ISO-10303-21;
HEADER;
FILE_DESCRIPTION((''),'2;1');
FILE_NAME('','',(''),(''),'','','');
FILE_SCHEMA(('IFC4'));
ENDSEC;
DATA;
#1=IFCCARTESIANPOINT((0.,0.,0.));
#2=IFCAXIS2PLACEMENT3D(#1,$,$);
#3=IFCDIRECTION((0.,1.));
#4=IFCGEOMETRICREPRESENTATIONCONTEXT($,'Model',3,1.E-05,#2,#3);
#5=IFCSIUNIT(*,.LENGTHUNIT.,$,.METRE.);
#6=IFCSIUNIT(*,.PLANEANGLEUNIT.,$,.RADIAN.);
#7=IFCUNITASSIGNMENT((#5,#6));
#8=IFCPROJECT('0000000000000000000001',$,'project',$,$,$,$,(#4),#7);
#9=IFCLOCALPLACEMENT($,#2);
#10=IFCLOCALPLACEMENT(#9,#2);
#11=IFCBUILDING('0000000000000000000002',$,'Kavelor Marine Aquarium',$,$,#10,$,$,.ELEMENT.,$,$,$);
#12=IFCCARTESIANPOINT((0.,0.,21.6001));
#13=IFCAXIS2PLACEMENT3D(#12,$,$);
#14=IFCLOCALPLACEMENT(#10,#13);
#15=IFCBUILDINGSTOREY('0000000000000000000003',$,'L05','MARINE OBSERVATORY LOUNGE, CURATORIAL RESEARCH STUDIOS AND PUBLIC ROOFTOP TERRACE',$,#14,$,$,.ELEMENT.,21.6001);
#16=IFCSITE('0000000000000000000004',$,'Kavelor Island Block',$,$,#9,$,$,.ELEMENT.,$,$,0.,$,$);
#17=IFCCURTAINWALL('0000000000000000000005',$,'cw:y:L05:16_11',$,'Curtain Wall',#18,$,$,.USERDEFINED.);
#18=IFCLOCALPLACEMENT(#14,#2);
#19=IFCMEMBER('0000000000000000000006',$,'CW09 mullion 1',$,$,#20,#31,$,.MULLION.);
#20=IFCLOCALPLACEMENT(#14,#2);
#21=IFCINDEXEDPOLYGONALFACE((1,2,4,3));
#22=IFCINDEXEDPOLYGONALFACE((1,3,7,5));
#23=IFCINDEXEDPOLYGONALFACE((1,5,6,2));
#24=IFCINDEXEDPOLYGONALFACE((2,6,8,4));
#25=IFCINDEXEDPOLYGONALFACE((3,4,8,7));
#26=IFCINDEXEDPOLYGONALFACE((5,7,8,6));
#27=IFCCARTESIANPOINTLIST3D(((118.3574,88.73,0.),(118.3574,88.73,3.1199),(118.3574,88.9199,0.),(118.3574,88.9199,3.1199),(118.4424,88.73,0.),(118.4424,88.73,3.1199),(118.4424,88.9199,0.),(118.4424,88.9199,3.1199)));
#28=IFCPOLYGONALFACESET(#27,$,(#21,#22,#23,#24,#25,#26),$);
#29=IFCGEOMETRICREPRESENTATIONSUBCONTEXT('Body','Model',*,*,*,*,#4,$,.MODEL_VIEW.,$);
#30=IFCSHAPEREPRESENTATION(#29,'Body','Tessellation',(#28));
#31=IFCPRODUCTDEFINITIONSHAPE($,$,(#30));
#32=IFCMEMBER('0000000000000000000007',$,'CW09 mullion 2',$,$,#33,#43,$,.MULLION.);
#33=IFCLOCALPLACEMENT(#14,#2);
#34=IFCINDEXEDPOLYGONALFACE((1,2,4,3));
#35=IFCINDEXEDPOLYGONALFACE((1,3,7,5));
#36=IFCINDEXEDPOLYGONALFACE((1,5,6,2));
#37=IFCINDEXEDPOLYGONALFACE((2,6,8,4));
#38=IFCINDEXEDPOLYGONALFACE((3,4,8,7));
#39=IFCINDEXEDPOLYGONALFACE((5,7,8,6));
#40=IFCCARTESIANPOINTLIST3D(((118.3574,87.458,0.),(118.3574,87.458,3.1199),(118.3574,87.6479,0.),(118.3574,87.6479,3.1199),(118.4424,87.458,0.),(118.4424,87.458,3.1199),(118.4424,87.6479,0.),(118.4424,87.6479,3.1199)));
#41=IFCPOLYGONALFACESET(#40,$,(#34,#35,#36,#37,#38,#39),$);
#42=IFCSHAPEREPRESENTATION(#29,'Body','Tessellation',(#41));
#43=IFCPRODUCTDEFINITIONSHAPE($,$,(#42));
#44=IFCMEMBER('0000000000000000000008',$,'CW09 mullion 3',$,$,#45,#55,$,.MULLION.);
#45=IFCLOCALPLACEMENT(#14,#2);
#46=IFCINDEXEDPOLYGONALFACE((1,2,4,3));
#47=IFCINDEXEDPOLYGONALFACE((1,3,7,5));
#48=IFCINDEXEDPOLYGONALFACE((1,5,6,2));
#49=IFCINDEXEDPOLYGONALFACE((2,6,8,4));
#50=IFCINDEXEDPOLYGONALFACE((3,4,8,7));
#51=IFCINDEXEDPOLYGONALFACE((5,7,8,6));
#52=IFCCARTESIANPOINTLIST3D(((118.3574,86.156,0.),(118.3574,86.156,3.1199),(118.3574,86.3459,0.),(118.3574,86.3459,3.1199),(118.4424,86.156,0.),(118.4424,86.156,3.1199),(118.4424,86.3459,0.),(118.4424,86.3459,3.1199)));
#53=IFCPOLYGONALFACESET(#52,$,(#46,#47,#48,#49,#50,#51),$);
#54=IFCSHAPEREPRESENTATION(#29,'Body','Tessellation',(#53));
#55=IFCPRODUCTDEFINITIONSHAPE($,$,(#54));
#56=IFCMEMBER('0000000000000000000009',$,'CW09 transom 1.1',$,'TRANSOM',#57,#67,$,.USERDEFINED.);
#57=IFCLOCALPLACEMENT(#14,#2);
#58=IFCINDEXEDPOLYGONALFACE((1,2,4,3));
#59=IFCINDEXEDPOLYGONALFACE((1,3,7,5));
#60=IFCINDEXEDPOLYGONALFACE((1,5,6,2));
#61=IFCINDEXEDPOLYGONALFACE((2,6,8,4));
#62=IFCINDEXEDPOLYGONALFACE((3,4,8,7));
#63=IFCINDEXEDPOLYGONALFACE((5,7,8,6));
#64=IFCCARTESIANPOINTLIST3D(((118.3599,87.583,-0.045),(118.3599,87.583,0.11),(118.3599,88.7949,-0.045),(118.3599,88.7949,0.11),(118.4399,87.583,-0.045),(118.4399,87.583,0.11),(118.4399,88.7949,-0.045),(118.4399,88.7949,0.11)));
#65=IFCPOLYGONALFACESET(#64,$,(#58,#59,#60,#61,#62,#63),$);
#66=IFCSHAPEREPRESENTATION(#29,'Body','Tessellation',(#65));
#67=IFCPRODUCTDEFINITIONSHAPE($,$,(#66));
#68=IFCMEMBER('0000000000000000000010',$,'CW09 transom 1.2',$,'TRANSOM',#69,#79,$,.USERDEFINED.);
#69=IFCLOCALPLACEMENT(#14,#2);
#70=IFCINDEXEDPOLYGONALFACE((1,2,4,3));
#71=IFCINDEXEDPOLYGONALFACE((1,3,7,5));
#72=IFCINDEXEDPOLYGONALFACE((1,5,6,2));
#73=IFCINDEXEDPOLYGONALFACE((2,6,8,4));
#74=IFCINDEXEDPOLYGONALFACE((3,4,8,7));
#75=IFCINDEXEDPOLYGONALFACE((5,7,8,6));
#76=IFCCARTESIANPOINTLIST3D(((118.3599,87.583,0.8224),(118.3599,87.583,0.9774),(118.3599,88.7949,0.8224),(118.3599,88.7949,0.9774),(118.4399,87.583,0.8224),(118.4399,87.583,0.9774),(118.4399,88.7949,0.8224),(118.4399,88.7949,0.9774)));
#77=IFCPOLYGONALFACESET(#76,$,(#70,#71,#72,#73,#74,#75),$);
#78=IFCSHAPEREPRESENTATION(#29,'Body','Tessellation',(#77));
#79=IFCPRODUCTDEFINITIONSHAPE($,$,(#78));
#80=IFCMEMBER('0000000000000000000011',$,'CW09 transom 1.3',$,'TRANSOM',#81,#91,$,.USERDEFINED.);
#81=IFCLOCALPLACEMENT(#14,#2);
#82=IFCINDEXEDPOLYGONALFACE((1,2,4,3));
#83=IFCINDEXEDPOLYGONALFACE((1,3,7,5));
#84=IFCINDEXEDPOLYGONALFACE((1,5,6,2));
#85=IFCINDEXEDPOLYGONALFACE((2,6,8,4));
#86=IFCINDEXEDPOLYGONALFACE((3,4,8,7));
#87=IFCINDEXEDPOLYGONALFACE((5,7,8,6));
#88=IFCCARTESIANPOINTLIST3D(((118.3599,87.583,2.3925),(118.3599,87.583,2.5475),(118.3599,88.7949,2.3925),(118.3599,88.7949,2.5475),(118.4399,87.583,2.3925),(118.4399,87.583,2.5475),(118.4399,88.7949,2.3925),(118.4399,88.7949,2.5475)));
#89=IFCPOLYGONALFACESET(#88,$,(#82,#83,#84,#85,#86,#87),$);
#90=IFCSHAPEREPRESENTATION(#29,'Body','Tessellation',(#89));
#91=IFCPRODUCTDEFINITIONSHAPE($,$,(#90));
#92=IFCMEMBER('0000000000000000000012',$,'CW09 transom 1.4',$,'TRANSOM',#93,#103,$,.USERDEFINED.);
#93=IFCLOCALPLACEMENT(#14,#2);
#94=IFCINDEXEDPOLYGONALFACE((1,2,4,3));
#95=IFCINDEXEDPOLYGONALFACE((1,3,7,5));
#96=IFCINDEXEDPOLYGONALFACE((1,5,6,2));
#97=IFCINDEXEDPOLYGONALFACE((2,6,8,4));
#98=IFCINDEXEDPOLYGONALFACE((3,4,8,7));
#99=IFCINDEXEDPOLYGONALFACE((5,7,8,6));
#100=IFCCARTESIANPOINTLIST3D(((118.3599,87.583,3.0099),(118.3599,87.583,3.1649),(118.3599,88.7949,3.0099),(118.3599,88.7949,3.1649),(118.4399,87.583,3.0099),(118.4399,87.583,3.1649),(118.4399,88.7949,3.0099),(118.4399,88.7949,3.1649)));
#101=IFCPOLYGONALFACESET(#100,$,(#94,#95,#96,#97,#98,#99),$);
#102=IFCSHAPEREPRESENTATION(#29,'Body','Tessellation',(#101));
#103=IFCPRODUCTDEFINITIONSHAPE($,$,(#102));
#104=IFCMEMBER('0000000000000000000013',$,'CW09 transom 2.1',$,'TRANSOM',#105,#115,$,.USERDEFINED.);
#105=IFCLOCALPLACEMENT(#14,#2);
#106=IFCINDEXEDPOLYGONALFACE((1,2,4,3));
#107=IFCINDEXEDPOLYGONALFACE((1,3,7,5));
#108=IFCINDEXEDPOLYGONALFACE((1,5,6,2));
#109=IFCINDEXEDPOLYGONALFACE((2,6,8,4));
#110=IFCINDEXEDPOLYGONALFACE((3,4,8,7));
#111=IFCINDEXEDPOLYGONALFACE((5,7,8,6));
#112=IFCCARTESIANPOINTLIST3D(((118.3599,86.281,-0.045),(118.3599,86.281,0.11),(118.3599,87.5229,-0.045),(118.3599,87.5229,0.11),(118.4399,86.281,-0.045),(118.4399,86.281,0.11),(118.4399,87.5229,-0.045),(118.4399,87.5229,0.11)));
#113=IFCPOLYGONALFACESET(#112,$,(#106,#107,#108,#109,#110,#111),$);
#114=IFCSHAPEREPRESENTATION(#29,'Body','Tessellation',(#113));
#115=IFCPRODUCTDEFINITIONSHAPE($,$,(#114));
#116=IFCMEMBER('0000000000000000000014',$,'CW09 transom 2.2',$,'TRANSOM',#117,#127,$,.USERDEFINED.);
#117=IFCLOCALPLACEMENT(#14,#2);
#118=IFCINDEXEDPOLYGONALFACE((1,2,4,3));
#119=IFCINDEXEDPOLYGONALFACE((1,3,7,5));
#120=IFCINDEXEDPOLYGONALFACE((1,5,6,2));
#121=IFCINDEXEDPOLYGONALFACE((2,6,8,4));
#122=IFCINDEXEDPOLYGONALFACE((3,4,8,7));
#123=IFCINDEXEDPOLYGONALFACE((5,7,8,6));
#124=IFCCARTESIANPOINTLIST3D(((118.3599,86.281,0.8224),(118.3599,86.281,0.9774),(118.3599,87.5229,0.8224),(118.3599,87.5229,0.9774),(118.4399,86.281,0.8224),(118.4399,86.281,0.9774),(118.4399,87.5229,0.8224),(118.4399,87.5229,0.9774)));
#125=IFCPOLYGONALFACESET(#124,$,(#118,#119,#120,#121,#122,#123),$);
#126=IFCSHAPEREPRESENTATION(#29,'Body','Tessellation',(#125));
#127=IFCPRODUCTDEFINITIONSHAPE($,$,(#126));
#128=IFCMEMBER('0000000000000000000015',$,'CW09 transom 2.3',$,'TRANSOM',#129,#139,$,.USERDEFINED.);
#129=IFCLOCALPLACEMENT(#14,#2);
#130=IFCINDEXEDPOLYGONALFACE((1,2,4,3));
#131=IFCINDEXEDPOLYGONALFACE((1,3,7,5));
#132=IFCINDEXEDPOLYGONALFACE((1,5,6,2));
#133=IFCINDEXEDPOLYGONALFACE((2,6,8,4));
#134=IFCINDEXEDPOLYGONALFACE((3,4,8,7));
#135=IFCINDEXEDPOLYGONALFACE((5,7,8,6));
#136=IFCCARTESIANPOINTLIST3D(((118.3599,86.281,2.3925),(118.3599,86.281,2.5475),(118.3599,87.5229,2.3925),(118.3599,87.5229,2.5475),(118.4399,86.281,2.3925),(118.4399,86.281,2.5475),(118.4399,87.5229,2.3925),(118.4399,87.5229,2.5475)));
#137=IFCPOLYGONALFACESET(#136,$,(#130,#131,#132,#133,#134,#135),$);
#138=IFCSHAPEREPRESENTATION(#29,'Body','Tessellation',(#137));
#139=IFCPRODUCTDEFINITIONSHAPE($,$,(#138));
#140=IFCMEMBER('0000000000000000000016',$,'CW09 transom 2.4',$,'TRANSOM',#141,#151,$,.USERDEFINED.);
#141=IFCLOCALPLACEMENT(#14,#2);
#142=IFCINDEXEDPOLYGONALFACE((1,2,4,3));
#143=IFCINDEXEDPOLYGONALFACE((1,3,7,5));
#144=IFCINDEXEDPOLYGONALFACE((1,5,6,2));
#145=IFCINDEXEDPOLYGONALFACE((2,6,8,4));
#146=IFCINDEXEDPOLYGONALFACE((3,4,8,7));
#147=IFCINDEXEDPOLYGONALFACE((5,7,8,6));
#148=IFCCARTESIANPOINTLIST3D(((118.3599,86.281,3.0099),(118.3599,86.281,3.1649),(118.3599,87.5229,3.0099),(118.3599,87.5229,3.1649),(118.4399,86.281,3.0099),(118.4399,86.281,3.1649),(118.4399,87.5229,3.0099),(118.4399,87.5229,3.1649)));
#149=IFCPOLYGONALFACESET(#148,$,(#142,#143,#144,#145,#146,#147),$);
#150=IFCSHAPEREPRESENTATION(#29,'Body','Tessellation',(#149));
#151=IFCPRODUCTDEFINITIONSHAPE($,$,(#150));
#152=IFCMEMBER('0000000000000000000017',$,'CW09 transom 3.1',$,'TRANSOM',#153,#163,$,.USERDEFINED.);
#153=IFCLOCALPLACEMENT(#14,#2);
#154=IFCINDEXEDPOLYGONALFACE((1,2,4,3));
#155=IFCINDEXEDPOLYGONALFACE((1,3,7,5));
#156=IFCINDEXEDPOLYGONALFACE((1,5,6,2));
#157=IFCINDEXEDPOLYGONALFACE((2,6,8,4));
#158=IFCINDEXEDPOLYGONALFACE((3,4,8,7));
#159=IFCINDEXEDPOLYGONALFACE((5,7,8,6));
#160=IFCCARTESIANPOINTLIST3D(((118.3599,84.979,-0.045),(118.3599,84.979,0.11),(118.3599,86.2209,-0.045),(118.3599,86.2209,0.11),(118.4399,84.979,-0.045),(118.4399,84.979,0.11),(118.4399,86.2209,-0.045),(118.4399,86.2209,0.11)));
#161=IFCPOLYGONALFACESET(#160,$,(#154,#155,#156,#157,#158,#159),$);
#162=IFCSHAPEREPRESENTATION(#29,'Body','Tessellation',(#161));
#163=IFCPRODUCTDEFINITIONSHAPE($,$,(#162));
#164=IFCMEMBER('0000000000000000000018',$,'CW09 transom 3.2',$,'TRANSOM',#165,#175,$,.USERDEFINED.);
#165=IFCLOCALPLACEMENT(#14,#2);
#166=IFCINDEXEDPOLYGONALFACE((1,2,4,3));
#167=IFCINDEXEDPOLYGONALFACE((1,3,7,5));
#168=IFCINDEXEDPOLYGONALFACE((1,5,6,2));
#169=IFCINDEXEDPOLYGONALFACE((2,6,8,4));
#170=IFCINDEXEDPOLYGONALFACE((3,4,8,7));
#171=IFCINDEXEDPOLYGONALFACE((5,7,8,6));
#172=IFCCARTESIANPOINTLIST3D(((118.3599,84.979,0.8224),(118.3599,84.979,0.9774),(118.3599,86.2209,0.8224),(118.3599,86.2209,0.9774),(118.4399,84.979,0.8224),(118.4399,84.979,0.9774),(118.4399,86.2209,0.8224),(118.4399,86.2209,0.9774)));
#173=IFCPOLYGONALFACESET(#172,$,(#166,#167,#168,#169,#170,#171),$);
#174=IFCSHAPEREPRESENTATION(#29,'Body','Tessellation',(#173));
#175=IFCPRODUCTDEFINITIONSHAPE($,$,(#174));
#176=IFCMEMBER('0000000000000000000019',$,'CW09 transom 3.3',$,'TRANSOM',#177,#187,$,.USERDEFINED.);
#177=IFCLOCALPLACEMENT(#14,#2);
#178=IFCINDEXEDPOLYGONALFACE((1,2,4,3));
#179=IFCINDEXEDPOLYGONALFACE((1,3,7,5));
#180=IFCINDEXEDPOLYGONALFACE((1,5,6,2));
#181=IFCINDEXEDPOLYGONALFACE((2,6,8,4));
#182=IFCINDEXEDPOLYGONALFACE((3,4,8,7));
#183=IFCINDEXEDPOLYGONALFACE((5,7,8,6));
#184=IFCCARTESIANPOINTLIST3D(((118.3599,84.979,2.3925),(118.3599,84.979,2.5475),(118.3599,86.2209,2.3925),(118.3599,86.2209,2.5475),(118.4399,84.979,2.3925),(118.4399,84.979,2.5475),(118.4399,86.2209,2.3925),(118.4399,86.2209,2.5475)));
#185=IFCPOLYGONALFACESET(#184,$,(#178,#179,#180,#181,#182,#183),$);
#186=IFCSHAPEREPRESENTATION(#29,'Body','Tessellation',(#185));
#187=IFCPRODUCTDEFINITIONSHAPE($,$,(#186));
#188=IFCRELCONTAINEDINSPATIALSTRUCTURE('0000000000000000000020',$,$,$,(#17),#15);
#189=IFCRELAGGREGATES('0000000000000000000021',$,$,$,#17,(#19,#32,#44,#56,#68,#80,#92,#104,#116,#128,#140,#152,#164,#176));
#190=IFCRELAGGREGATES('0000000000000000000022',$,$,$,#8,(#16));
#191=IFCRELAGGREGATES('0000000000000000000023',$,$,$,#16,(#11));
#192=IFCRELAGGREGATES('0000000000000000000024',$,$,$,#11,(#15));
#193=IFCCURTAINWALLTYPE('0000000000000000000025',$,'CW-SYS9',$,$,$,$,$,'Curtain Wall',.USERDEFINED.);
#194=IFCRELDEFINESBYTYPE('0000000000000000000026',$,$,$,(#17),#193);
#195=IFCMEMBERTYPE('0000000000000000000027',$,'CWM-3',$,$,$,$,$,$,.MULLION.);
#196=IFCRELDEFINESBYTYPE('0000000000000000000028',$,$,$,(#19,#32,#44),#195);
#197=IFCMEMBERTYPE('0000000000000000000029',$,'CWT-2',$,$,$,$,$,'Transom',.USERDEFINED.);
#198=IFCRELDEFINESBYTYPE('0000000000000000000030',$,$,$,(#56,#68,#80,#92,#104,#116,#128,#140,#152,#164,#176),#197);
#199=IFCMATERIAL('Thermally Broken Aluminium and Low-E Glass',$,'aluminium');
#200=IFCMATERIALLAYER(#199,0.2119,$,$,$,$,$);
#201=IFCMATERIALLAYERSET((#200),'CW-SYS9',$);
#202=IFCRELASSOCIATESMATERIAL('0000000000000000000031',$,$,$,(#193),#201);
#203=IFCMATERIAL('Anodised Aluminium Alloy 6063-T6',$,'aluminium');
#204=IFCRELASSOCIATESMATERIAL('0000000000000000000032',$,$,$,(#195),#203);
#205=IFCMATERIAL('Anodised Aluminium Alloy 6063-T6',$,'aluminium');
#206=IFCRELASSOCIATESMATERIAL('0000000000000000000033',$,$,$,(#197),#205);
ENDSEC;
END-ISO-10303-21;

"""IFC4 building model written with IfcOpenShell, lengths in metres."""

from ifc_helpers import new_model, si_unit, direction, frame, origin, origin_2d, place, context, subcontext, project, spatial, rectangle, extrude, material, layer, layer_set, material_profile, profile_set, type_object, element, aggregate, save


model = new_model("IFC4")

# Units and contexts
model_context = context("Model", 3, precision=1e-05, world=origin(), true_north=direction((0.0, 1.0)))
body_context = subcontext(model_context, "Body", "Model", "MODEL_VIEW")
ifc_project = project(units=[si_unit("LENGTHUNIT", "METRE"), si_unit("PLANEANGLEUNIT", "RADIAN")], contexts=[model_context])

# Site, building, storey
site_placement = place(None, origin())
site = spatial("IfcSite", under=ifc_project, at=site_placement, Name="Kavelor Island Block", CompositionType="ELEMENT", RefElevation=0.0)
building_placement = place(site_placement, origin())
building = spatial("IfcBuilding", under=site, at=building_placement, Name="Kavelor Marine Aquarium", CompositionType="ELEMENT")
storey_placement = place(building_placement, frame((0.0, 0.0, 21.6001)))
storey = spatial("IfcBuildingStorey", under=building, at=storey_placement, Name="L05", Description="MARINE OBSERVATORY LOUNGE, CURATORIAL RESEARCH STUDIOS AND PUBLIC ROOFTOP TERRACE", CompositionType="ELEMENT", Elevation=21.6001)

# Curtain wall, members
ifc_material_1 = material(Name="Thermally Broken Aluminium and Low-E Glass", Category="aluminium")
ifc_layer_1 = layer(ifc_material_1, 0.2119)
ifc_layer_set_1 = layer_set([ifc_layer_1], Name="CW-SYS9")
curtain_wall_type = type_object("IfcCurtainWallType", Name="CW-SYS9", ElementType="Curtain Wall", PredefinedType="USERDEFINED", material=ifc_layer_set_1)
curtain_wall_placement = place(storey_placement, origin())
curtain_wall = element("IfcCurtainWall", 1, at=curtain_wall_placement, inside=storey, type_object=curtain_wall_type, Name="cw:y:L05:16_11", ObjectType="Curtain Wall", PredefinedType="USERDEFINED")
ifc_material_2 = material(Name="Anodised Aluminium Alloy 6063-T6", Category="aluminium")
ifc_material_profile_1 = material_profile(ifc_material_2, rectangle(XDim=0.085, YDim=0.1899, at=origin_2d()), Name="CW-MUL 85x190")
ifc_profile_set_1 = profile_set([ifc_material_profile_1], Name="Anodised Aluminium Alloy 6063-T6")
member_type_1 = type_object("IfcMemberType", Name="CWM-3", PredefinedType="MULLION", material=ifc_profile_set_1)
member_1_placement = place(storey_placement, frame((118.3999, 88.825, 0.0), z_axis=(0.0, 0.0, 1.0), x_axis=(1.0, 0.0, 0.0)))
member_1 = element("IfcMember", 2, at=member_1_placement, type_object=member_type_1, Name="CW09 mullion 1", PredefinedType="MULLION", context=body_context, shape_type="SweptSolid", body=[
    extrude(rectangle(XDim=0.085, YDim=0.1899, at=origin_2d()), origin(), (0.0, 0.0, 1.0), 3.1199),
])
member_2_placement = place(storey_placement, frame((118.3999, 87.553, 0.0), z_axis=(0.0, 0.0, 1.0), x_axis=(1.0, 0.0, 0.0)))
member_2 = element("IfcMember", 3, at=member_2_placement, type_object=member_type_1, Name="CW09 mullion 2", PredefinedType="MULLION", context=body_context, shape_type="SweptSolid", body=[
    extrude(rectangle(XDim=0.085, YDim=0.1899, at=origin_2d()), origin(), (0.0, 0.0, 1.0), 3.1199),
])
member_3_placement = place(storey_placement, frame((118.3999, 86.251, 0.0), z_axis=(0.0, 0.0, 1.0), x_axis=(1.0, 0.0, 0.0)))
member_3 = element("IfcMember", 4, at=member_3_placement, type_object=member_type_1, Name="CW09 mullion 3", PredefinedType="MULLION", context=body_context, shape_type="SweptSolid", body=[
    extrude(rectangle(XDim=0.085, YDim=0.1899, at=origin_2d()), origin(), (0.0, 0.0, 1.0), 3.1199),
])
ifc_material_3 = material(Name="Anodised Aluminium Alloy 6063-T6", Category="aluminium")
ifc_material_profile_2 = material_profile(ifc_material_3, rectangle(XDim=0.0801, YDim=0.155, at=origin_2d()), Name="CW-TRN 80x155")
ifc_profile_set_2 = profile_set([ifc_material_profile_2], Name="Anodised Aluminium Alloy 6063-T6")
member_type_2 = type_object("IfcMemberType", Name="CWT-2", ElementType="Transom", PredefinedType="USERDEFINED", material=ifc_profile_set_2)
member_4_placement = place(storey_placement, frame((118.3999, 88.7949, 0.0325), z_axis=(0.0, -1.0, 0.0), x_axis=(1.0, 0.0, 0.0)))
member_4 = element("IfcMember", 5, at=member_4_placement, type_object=member_type_2, Name="CW09 transom 1.1", ObjectType="TRANSOM", PredefinedType="USERDEFINED", context=body_context, shape_type="SweptSolid", body=[
    extrude(rectangle(XDim=0.0801, YDim=0.155, at=origin_2d()), origin(), (0.0, 0.0, 1.0), 1.2119),
])
member_5_placement = place(storey_placement, frame((118.3999, 88.7949, 0.8999), z_axis=(0.0, -1.0, 0.0), x_axis=(1.0, 0.0, 0.0)))
member_5 = element("IfcMember", 6, at=member_5_placement, type_object=member_type_2, Name="CW09 transom 1.2", ObjectType="TRANSOM", PredefinedType="USERDEFINED", context=body_context, shape_type="SweptSolid", body=[
    extrude(rectangle(XDim=0.0801, YDim=0.155, at=origin_2d()), origin(), (0.0, 0.0, 1.0), 1.2119),
])
member_6_placement = place(storey_placement, frame((118.3999, 88.7949, 2.47), z_axis=(0.0, -1.0, 0.0), x_axis=(1.0, 0.0, 0.0)))
member_6 = element("IfcMember", 7, at=member_6_placement, type_object=member_type_2, Name="CW09 transom 1.3", ObjectType="TRANSOM", PredefinedType="USERDEFINED", context=body_context, shape_type="SweptSolid", body=[
    extrude(rectangle(XDim=0.0801, YDim=0.155, at=origin_2d()), origin(), (0.0, 0.0, 1.0), 1.2119),
])
member_7_placement = place(storey_placement, frame((118.3999, 88.7949, 3.0874), z_axis=(0.0, -1.0, 0.0), x_axis=(1.0, 0.0, 0.0)))
member_7 = element("IfcMember", 8, at=member_7_placement, type_object=member_type_2, Name="CW09 transom 1.4", ObjectType="TRANSOM", PredefinedType="USERDEFINED", context=body_context, shape_type="SweptSolid", body=[
    extrude(rectangle(XDim=0.0801, YDim=0.155, at=origin_2d()), origin(), (0.0, 0.0, 1.0), 1.2119),
])
member_8_placement = place(storey_placement, frame((118.3999, 87.5229, 0.0325), z_axis=(0.0, -1.0, 0.0), x_axis=(1.0, 0.0, 0.0)))
member_8 = element("IfcMember", 9, at=member_8_placement, type_object=member_type_2, Name="CW09 transom 2.1", ObjectType="TRANSOM", PredefinedType="USERDEFINED", context=body_context, shape_type="SweptSolid", body=[
    extrude(rectangle(XDim=0.0801, YDim=0.155, at=origin_2d()), origin(), (0.0, 0.0, 1.0), 1.2419),
])
member_9_placement = place(storey_placement, frame((118.3999, 87.5229, 0.8999), z_axis=(0.0, -1.0, 0.0), x_axis=(1.0, 0.0, 0.0)))
member_9 = element("IfcMember", 10, at=member_9_placement, type_object=member_type_2, Name="CW09 transom 2.2", ObjectType="TRANSOM", PredefinedType="USERDEFINED", context=body_context, shape_type="SweptSolid", body=[
    extrude(rectangle(XDim=0.0801, YDim=0.155, at=origin_2d()), origin(), (0.0, 0.0, 1.0), 1.2419),
])
member_10_placement = place(storey_placement, frame((118.3999, 87.5229, 2.47), z_axis=(0.0, -1.0, 0.0), x_axis=(1.0, 0.0, 0.0)))
member_10 = element("IfcMember", 11, at=member_10_placement, type_object=member_type_2, Name="CW09 transom 2.3", ObjectType="TRANSOM", PredefinedType="USERDEFINED", context=body_context, shape_type="SweptSolid", body=[
    extrude(rectangle(XDim=0.0801, YDim=0.155, at=origin_2d()), origin(), (0.0, 0.0, 1.0), 1.2419),
])
member_11_placement = place(storey_placement, frame((118.3999, 87.5229, 3.0874), z_axis=(0.0, -1.0, 0.0), x_axis=(1.0, 0.0, 0.0)))
member_11 = element("IfcMember", 12, at=member_11_placement, type_object=member_type_2, Name="CW09 transom 2.4", ObjectType="TRANSOM", PredefinedType="USERDEFINED", context=body_context, shape_type="SweptSolid", body=[
    extrude(rectangle(XDim=0.0801, YDim=0.155, at=origin_2d()), origin(), (0.0, 0.0, 1.0), 1.2419),
])
member_12_placement = place(storey_placement, frame((118.3999, 86.2209, 0.0325), z_axis=(0.0, -1.0, 0.0), x_axis=(1.0, 0.0, 0.0)))
member_12 = element("IfcMember", 13, at=member_12_placement, type_object=member_type_2, Name="CW09 transom 3.1", ObjectType="TRANSOM", PredefinedType="USERDEFINED", context=body_context, shape_type="SweptSolid", body=[
    extrude(rectangle(XDim=0.0801, YDim=0.155, at=origin_2d()), origin(), (0.0, 0.0, 1.0), 1.2419),
])
member_13_placement = place(storey_placement, frame((118.3999, 86.2209, 0.8999), z_axis=(0.0, -1.0, 0.0), x_axis=(1.0, 0.0, 0.0)))
member_13 = element("IfcMember", 14, at=member_13_placement, type_object=member_type_2, Name="CW09 transom 3.2", ObjectType="TRANSOM", PredefinedType="USERDEFINED", context=body_context, shape_type="SweptSolid", body=[
    extrude(rectangle(XDim=0.0801, YDim=0.155, at=origin_2d()), origin(), (0.0, 0.0, 1.0), 1.2419),
])
member_14_placement = place(storey_placement, frame((118.3999, 86.2209, 2.47), z_axis=(0.0, -1.0, 0.0), x_axis=(1.0, 0.0, 0.0)))
member_14 = element("IfcMember", 15, at=member_14_placement, type_object=member_type_2, Name="CW09 transom 3.3", ObjectType="TRANSOM", PredefinedType="USERDEFINED", context=body_context, shape_type="SweptSolid", body=[
    extrude(rectangle(XDim=0.0801, YDim=0.155, at=origin_2d()), origin(), (0.0, 0.0, 1.0), 1.2419),
])
aggregate(curtain_wall, [member_1, member_2, member_3, member_4, member_5, member_6, member_7, member_8, member_9, member_10, member_11, member_12, member_13, member_14])

save(model, "model.ifc")
